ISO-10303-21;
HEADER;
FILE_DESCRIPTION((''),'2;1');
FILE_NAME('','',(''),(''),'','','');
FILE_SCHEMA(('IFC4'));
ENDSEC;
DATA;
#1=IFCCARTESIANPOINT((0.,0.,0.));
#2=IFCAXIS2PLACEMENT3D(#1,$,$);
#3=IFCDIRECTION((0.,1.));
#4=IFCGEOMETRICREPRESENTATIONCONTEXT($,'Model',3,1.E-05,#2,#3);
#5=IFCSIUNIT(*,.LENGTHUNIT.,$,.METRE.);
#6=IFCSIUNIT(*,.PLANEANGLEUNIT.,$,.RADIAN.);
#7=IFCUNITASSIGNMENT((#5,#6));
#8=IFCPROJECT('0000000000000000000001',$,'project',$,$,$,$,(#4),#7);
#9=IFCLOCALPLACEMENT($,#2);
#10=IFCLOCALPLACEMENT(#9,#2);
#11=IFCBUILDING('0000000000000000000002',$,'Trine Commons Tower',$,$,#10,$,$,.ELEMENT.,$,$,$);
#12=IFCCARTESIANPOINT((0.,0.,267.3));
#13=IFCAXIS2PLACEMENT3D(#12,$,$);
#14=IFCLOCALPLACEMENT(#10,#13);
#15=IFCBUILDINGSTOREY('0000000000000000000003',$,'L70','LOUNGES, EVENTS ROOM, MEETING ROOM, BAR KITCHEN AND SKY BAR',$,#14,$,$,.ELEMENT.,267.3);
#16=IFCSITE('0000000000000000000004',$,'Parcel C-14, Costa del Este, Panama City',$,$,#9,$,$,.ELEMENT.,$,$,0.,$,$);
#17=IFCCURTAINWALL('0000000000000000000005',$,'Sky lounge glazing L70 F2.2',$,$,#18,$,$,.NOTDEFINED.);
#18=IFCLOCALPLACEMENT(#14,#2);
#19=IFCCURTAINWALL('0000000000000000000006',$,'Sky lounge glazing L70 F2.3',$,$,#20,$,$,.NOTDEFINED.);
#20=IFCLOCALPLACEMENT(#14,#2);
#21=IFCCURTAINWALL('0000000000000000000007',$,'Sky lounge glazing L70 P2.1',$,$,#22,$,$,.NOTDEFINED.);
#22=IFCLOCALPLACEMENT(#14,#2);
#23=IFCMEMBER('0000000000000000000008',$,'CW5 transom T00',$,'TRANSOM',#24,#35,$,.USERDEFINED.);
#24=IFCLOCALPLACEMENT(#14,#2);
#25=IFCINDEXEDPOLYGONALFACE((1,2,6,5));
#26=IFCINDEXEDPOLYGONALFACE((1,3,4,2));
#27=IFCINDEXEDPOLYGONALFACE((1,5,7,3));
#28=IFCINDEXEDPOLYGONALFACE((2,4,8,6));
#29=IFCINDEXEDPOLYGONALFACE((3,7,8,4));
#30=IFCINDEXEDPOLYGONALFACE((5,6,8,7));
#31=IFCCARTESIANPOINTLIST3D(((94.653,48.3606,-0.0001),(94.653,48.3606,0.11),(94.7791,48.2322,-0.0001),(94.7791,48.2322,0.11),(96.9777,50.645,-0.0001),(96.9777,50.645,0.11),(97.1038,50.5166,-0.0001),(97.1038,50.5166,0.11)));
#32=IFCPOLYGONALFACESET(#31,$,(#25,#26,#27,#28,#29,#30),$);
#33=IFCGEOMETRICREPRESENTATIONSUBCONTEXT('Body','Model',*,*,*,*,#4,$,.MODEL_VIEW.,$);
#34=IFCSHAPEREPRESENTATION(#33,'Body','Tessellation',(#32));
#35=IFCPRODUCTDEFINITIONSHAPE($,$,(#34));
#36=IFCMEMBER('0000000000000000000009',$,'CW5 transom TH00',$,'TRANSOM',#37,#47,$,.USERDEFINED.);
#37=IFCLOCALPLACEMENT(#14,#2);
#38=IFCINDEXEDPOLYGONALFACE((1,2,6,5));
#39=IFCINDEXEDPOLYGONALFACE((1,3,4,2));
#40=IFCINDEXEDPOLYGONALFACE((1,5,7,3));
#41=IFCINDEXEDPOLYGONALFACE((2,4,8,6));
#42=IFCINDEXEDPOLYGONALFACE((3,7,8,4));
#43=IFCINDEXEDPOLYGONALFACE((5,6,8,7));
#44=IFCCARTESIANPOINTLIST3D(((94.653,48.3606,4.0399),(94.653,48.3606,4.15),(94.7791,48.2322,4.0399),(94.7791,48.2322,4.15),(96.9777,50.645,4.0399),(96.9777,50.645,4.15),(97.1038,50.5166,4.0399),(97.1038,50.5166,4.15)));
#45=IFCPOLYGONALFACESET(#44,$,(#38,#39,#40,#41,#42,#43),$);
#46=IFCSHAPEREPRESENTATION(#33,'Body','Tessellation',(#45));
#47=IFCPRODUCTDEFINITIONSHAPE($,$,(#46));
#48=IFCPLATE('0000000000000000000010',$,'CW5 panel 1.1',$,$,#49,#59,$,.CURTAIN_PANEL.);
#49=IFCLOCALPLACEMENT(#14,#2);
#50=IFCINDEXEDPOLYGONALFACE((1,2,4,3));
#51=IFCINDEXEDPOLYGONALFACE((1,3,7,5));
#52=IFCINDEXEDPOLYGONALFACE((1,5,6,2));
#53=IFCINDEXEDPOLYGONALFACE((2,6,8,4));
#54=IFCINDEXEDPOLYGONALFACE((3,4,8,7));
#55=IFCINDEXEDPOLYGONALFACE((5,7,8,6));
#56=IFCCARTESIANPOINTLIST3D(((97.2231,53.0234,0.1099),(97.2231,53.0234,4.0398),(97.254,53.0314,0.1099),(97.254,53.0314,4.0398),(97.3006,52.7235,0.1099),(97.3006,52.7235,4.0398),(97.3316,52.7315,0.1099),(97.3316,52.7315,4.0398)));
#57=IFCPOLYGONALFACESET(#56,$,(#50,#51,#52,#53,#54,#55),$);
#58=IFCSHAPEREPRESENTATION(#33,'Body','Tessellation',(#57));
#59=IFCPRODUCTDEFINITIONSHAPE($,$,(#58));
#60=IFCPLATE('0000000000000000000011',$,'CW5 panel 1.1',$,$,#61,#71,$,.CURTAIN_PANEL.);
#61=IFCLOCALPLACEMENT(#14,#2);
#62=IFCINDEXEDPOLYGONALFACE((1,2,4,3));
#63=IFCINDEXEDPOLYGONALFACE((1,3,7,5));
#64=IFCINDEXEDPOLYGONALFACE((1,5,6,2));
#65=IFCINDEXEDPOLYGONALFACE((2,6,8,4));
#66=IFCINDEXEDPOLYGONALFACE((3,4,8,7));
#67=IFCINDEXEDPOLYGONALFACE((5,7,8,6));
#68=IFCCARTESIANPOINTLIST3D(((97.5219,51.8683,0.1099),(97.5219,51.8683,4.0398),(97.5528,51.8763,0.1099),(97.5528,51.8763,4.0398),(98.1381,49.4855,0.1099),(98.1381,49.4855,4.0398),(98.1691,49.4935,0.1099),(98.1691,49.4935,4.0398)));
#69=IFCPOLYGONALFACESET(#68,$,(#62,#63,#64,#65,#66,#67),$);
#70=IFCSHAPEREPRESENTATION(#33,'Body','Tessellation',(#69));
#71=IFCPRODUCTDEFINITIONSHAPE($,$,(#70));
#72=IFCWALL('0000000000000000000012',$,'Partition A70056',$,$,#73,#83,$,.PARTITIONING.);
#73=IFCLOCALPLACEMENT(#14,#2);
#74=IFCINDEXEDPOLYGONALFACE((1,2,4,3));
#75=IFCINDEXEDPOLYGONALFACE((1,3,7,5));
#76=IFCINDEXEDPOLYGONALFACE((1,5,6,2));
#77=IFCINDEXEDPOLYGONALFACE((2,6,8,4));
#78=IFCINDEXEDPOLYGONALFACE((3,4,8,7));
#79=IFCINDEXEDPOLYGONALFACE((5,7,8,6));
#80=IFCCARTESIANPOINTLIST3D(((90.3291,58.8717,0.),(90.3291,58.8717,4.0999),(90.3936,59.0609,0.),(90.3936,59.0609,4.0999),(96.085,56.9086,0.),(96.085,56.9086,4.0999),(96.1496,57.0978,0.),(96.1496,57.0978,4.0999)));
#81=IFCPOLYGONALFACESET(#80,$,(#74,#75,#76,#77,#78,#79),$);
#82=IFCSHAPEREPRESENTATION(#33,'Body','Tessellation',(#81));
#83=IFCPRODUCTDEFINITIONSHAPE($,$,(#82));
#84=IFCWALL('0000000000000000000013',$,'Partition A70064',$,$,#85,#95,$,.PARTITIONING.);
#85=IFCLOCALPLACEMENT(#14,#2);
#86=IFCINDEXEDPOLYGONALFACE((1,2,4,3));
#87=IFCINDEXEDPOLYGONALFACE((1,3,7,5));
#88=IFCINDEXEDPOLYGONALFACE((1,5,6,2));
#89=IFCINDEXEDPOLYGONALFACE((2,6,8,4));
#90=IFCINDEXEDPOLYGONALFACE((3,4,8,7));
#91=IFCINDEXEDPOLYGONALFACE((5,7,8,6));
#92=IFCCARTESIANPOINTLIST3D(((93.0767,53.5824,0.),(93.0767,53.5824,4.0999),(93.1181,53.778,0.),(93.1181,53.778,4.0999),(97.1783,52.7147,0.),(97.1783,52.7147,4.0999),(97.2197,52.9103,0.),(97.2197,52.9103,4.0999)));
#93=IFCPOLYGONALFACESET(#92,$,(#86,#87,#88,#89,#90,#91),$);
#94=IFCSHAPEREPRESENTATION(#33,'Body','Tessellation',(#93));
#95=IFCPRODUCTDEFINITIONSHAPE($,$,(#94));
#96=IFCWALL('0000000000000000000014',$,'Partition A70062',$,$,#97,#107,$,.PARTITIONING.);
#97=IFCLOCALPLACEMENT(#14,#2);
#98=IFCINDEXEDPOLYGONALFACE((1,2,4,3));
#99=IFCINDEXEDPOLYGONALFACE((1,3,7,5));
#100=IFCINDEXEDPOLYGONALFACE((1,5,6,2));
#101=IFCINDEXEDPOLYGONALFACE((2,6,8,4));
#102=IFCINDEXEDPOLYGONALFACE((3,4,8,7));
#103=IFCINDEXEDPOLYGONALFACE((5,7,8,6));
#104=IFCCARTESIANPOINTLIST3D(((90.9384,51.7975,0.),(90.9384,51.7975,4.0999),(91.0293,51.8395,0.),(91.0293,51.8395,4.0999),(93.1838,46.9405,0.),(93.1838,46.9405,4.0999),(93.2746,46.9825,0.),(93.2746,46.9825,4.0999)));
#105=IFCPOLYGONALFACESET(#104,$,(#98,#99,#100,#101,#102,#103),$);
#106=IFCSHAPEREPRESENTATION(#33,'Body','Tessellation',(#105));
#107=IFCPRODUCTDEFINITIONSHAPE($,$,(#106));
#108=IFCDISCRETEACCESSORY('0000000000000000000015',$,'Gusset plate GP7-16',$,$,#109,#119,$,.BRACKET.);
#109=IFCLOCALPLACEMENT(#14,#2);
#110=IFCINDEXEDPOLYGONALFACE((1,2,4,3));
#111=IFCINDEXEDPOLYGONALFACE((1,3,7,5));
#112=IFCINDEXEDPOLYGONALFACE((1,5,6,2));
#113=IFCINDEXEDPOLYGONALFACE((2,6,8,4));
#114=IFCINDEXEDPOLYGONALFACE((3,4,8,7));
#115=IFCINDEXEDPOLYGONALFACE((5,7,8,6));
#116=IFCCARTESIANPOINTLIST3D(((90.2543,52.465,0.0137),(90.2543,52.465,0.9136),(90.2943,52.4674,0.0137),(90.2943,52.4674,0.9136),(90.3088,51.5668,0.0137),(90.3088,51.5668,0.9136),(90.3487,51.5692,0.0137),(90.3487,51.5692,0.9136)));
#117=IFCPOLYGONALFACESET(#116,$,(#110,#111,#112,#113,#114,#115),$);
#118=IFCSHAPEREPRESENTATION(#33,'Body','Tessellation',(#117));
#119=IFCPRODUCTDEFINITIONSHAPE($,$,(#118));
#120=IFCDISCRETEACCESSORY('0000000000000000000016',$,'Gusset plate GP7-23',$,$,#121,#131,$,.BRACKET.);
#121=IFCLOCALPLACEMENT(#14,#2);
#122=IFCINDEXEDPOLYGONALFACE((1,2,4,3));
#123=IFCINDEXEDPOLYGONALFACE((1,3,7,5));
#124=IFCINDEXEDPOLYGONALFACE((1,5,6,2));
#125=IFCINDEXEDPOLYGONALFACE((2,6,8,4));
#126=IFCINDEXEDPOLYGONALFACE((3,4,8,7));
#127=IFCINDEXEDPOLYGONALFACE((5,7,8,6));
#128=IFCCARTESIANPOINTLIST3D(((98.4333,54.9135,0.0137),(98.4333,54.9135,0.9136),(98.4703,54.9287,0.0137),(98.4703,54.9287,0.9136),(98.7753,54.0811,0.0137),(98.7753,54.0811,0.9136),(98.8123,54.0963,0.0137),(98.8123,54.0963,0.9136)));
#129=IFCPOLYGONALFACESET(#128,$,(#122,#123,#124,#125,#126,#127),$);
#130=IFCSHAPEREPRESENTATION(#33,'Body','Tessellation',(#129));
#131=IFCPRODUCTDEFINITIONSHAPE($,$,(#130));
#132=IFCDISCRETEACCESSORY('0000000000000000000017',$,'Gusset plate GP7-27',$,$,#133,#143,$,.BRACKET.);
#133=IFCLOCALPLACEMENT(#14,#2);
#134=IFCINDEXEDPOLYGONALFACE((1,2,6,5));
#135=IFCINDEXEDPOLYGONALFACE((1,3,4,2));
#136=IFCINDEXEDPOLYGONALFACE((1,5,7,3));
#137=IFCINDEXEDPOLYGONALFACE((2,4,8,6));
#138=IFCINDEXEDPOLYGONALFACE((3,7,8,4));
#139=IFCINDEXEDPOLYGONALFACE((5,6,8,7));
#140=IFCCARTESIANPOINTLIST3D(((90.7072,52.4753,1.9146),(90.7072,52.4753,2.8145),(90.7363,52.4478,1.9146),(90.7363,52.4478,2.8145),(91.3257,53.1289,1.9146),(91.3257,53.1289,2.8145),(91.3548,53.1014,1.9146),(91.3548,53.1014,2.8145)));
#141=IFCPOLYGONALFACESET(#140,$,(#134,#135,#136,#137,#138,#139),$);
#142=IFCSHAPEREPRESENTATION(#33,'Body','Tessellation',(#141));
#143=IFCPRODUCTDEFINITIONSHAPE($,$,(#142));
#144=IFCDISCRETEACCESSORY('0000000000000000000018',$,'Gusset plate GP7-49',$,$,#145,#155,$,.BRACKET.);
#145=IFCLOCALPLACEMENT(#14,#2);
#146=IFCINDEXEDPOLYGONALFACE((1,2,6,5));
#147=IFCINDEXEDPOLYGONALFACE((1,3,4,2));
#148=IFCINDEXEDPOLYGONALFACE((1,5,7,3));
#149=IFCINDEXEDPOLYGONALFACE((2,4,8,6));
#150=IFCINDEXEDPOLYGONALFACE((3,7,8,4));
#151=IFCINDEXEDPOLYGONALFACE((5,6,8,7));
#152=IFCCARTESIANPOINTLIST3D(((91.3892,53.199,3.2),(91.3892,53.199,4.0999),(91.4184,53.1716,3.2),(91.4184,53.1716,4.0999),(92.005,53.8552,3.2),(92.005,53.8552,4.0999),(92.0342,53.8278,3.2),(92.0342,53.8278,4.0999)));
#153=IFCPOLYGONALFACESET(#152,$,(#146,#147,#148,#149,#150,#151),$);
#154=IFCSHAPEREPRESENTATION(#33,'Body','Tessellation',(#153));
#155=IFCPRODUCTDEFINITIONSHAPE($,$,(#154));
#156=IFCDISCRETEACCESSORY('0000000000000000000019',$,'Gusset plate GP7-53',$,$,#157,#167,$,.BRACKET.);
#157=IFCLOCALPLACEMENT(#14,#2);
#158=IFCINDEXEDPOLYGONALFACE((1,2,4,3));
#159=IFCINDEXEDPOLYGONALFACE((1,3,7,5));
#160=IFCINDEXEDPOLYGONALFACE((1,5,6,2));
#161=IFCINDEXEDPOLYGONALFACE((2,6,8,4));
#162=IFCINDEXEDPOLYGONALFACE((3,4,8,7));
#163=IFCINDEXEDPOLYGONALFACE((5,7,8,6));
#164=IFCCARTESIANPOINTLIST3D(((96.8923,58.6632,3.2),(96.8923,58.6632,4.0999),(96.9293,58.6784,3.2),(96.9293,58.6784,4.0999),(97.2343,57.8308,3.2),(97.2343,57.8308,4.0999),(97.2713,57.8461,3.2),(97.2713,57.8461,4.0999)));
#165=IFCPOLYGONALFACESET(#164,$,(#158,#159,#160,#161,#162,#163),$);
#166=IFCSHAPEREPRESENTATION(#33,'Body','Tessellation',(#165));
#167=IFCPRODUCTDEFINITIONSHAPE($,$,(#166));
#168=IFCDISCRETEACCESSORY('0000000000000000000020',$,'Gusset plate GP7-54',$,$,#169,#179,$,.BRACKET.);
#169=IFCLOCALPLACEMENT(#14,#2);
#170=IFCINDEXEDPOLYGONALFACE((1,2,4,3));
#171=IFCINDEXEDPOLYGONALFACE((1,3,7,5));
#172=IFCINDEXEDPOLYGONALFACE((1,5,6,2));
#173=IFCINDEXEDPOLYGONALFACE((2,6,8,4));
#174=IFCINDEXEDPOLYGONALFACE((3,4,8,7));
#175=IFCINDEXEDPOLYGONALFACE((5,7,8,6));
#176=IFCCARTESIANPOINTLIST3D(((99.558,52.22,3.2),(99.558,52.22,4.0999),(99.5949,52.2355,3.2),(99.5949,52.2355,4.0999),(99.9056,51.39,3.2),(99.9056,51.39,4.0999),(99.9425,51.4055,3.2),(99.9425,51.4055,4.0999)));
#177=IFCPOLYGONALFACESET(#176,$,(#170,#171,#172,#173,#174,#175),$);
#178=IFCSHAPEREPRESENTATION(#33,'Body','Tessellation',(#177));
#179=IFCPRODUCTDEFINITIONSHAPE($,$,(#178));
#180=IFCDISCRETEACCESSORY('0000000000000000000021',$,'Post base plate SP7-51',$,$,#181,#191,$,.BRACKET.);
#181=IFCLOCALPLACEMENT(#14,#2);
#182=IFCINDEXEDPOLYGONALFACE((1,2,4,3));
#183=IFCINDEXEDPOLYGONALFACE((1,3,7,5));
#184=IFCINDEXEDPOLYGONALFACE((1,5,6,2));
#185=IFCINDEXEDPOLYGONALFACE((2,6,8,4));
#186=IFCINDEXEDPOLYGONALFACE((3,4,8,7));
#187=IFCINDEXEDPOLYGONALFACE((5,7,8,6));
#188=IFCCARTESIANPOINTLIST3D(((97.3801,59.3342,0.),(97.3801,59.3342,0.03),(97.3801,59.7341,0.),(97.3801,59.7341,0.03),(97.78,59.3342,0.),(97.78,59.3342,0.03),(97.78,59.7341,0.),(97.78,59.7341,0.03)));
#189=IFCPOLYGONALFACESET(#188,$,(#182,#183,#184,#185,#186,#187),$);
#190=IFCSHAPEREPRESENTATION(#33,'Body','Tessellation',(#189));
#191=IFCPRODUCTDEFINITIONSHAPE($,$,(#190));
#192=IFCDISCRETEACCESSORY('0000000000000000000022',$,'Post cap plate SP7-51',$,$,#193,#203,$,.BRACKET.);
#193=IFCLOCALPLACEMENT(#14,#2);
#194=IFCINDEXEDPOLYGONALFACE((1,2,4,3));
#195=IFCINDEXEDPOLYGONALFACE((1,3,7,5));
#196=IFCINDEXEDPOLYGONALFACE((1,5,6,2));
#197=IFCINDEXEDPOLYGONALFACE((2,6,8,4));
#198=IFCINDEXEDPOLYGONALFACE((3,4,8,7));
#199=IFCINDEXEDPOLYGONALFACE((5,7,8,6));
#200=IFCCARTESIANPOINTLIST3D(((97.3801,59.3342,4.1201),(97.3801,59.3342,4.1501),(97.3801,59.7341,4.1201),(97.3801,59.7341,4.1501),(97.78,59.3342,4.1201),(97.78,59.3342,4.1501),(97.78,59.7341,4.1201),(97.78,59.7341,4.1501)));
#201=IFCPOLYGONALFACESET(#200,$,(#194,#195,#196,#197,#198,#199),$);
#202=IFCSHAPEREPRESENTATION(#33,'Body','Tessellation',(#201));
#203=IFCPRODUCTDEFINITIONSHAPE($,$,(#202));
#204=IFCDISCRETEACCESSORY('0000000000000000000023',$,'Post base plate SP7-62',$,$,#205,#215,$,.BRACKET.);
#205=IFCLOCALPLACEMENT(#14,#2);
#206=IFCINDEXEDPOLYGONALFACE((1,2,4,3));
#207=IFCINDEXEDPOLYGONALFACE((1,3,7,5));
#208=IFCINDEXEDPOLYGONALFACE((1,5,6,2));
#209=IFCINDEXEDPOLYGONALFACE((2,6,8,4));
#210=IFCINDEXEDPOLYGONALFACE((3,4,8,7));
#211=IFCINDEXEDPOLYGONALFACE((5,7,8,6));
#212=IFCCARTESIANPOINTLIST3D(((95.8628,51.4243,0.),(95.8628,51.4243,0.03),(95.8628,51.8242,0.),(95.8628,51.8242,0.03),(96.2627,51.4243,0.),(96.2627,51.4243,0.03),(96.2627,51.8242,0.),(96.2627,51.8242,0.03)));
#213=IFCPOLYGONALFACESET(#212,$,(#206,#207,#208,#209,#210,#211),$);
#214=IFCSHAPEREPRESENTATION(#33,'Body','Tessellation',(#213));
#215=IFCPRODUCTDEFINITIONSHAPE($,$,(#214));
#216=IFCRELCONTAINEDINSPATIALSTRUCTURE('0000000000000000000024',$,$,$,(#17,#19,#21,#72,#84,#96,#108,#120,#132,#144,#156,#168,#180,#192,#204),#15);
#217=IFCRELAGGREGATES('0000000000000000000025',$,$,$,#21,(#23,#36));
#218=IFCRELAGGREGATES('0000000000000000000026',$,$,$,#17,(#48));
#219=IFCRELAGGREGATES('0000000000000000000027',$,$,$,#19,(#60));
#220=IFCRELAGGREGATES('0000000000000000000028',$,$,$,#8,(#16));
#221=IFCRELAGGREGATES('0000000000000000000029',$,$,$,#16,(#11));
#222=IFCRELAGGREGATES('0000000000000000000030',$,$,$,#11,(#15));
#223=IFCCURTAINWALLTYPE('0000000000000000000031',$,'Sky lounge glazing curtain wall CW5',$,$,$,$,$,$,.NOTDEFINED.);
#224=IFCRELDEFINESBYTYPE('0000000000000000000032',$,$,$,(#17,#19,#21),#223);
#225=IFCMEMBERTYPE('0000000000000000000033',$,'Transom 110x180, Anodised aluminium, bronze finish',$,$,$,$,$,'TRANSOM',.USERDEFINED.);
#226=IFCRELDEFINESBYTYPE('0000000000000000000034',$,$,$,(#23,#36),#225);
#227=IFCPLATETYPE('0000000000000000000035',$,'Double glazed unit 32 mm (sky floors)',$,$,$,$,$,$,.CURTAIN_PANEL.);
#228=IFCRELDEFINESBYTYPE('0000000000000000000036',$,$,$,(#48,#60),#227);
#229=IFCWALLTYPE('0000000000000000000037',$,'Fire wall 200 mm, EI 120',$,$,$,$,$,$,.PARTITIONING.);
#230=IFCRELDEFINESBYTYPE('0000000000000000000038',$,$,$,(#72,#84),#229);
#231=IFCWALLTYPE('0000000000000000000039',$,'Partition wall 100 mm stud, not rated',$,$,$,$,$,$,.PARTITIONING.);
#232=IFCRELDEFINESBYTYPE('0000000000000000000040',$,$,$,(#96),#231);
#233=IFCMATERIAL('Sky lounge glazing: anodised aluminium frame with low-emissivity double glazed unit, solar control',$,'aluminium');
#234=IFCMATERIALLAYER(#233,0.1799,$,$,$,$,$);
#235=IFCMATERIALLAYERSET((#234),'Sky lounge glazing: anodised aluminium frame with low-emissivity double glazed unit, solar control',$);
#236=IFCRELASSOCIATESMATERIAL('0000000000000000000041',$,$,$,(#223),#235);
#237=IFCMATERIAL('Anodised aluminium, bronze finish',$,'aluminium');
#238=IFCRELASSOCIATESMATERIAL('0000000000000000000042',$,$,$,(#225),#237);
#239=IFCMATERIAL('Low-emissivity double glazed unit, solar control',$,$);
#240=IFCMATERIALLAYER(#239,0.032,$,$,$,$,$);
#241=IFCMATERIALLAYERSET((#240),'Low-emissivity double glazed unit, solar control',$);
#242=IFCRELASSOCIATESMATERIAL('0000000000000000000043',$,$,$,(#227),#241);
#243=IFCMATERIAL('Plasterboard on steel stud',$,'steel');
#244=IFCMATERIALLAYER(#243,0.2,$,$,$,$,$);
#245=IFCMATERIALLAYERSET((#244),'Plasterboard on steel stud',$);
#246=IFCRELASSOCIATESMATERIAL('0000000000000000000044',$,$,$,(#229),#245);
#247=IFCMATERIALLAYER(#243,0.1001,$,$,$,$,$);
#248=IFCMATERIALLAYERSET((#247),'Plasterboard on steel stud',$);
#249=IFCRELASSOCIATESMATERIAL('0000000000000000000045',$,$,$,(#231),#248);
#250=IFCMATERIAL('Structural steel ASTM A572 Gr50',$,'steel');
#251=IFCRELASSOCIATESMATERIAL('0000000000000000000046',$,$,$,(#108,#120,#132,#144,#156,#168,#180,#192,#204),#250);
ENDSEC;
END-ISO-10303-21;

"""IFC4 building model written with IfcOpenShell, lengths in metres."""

from ifc_helpers import new_model, si_unit, direction, frame, frame_2d, origin, origin_2d, place, context, subcontext, project, spatial, rectangle, extrude, material, layer, layer_set, material_profile, profile_set, type_object, element, aggregate, save


model = new_model("IFC4")

# Units and contexts
model_context = context("Model", 3, precision=1e-05, world=origin(), true_north=direction((0.0, 1.0)))
body_context = subcontext(model_context, "Body", "Model", "MODEL_VIEW")
ifc_project = project(units=[si_unit("LENGTHUNIT", "METRE"), si_unit("PLANEANGLEUNIT", "RADIAN")], contexts=[model_context])

# Site, building, storey
site_placement = place(None, origin())
site = spatial("IfcSite", under=ifc_project, at=site_placement, Name="Parcel C-14, Costa del Este, Panama City", CompositionType="ELEMENT", RefElevation=0.0)
building_placement = place(site_placement, origin())
building = spatial("IfcBuilding", under=site, at=building_placement, Name="Trine Commons Tower", CompositionType="ELEMENT")
storey_placement = place(building_placement, frame((0.0, 0.0, 267.3)))
storey = spatial("IfcBuildingStorey", under=building, at=storey_placement, Name="L70", Description="LOUNGES, EVENTS ROOM, MEETING ROOM, BAR KITCHEN AND SKY BAR", CompositionType="ELEMENT", Elevation=267.3)

# Curtain wall
ifc_material_1 = material(Name="Sky lounge glazing: anodised aluminium frame with low-emissivity double glazed unit, solar control", Category="aluminium")
ifc_layer_1 = layer(ifc_material_1, 0.1799)
ifc_layer_set_1 = layer_set([ifc_layer_1], Name="Sky lounge glazing: anodised aluminium frame with low-emissivity double glazed unit, solar control")
curtain_wall_type = type_object("IfcCurtainWallType", Name="Sky lounge glazing curtain wall CW5", PredefinedType="NOTDEFINED", material=ifc_layer_set_1)
curtain_wall_1_placement = place(storey_placement, origin())
curtain_wall_1 = element("IfcCurtainWall", 1, at=curtain_wall_1_placement, inside=storey, type_object=curtain_wall_type, Name="Sky lounge glazing L70 F2.2", PredefinedType="NOTDEFINED")
ifc_material_2 = material(Name="Anodised aluminium, bronze finish", Category="aluminium")

# Curtain walls
curtain_wall_2_placement = place(storey_placement, origin())
curtain_wall_2 = element("IfcCurtainWall", 2, at=curtain_wall_2_placement, inside=storey, type_object=curtain_wall_type, Name="Sky lounge glazing L70 F2.3", PredefinedType="NOTDEFINED")
curtain_wall_3_placement = place(storey_placement, origin())
curtain_wall_3 = element("IfcCurtainWall", 3, at=curtain_wall_3_placement, inside=storey, type_object=curtain_wall_type, Name="Sky lounge glazing L70 P2.1", PredefinedType="NOTDEFINED")

# Members
ifc_material_profile_1 = material_profile(ifc_material_2, rectangle(XDim=0.1799, YDim=0.1101, at=origin_2d()), Name="Transom 110x180")
ifc_profile_set_1 = profile_set([ifc_material_profile_1], Name="Anodised aluminium, bronze finish")
member_type_1 = type_object("IfcMemberType", Name="Transom 110x180, Anodised aluminium, bronze finish", ElementType="TRANSOM", PredefinedType="USERDEFINED", material=ifc_profile_set_1)
member_1_placement = place(storey_placement, frame((97.0408, 50.5808, 0.0549), z_axis=(-0.71326, -0.7009, 0.0), x_axis=(0.7009, -0.71326, 0.0)))
member_1 = element("IfcMember", 4, at=member_1_placement, type_object=member_type_1, Name="CW5 transom T00", ObjectType="TRANSOM", PredefinedType="USERDEFINED", context=body_context, shape_type="SweptSolid", body=[
    extrude(rectangle(XDim=0.1799, YDim=0.1101, at=origin_2d()), origin(), (0.0, 0.0, 1.0), 3.2593),
])
member_2_placement = place(storey_placement, frame((97.0408, 50.5808, 4.095), z_axis=(-0.71326, -0.7009, 0.0), x_axis=(0.7009, -0.71326, 0.0)))
member_2 = element("IfcMember", 5, at=member_2_placement, type_object=member_type_1, Name="CW5 transom TH00", ObjectType="TRANSOM", PredefinedType="USERDEFINED", context=body_context, shape_type="SweptSolid", body=[
    extrude(rectangle(XDim=0.1799, YDim=0.1101, at=origin_2d()), origin(), (0.0, 0.0, 1.0), 3.2593),
])
aggregate(curtain_wall_3, [member_1, member_2])

# Plates
ifc_material_3 = material(Name="Low-emissivity double glazed unit, solar control")
ifc_layer_2 = layer(ifc_material_3, 0.032)
ifc_layer_set_2 = layer_set([ifc_layer_2], Name="Low-emissivity double glazed unit, solar control")
plate_type = type_object("IfcPlateType", Name="Double glazed unit 32 mm (sky floors)", PredefinedType="CURTAIN_PANEL", material=ifc_layer_set_2)
plate_1_placement = place(storey_placement, frame((97.2773, 52.8774, 0.1099), z_axis=(0.0, 0.0, 1.0), x_axis=(0.25038, -0.968148, 0.0)))
plate_1 = element("IfcPlate", 6, at=plate_1_placement, type_object=plate_type, Name="CW5 panel 1.1", PredefinedType="CURTAIN_PANEL", context=body_context, shape_type="SweptSolid", body=[
    extrude(rectangle(XDim=0.3098, YDim=0.032, at=origin_2d()), origin(), (0.0, 0.0, 1.0), 3.9299),
])
aggregate(curtain_wall_1, [plate_1])
plate_2_placement = place(storey_placement, frame((97.8455, 50.6809, 0.1099), z_axis=(0.0, 0.0, 1.0), x_axis=(0.25038, -0.968148, 0.0)))
plate_2 = element("IfcPlate", 7, at=plate_2_placement, type_object=plate_type, Name="CW5 panel 1.1", PredefinedType="CURTAIN_PANEL", context=body_context, shape_type="SweptSolid", body=[
    extrude(rectangle(XDim=2.4612, YDim=0.032, at=origin_2d()), origin(), (0.0, 0.0, 1.0), 3.9299),
])
aggregate(curtain_wall_2, [plate_2])

# Walls
ifc_material_4 = material(Name="Plasterboard on steel stud", Category="steel")
ifc_layer_3 = layer(ifc_material_4, 0.2)
ifc_layer_set_3 = layer_set([ifc_layer_3], Name="Plasterboard on steel stud")
wall_type_1 = type_object("IfcWallType", Name="Fire wall 200 mm, EI 120", PredefinedType="PARTITIONING", material=ifc_layer_set_3)
wall_1_placement = place(storey_placement, frame((90.3613, 58.9663, 0.0), z_axis=(0.0, 0.0, 1.0), x_axis=(0.946469, -0.322796, 0.0)))
element("IfcWall", 8, at=wall_1_placement, inside=storey, type_object=wall_type_1, Name="Partition A70056", PredefinedType="PARTITIONING", context=body_context, shape_type="SweptSolid", body=[
    extrude(rectangle(XDim=6.0815, YDim=0.2, at=frame_2d((3.0408, 0.0))), origin(), (0.0, 0.0, 1.0), 4.0999),
])
wall_2_placement = place(storey_placement, frame((93.0974, 53.6802, 0.0), z_axis=(0.0, 0.0, 1.0), x_axis=(0.978348, -0.206967, 0.0)))
element("IfcWall", 9, at=wall_2_placement, inside=storey, type_object=wall_type_1, Name="Partition A70064", PredefinedType="PARTITIONING", context=body_context, shape_type="SweptSolid", body=[
    extrude(rectangle(XDim=4.1924, YDim=0.2, at=frame_2d((2.0962, 0.0))), origin(), (0.0, 0.0, 1.0), 4.0999),
])
ifc_layer_4 = layer(ifc_material_4, 0.1001)
ifc_layer_set_4 = layer_set([ifc_layer_4], Name="Plasterboard on steel stud")
wall_type_2 = type_object("IfcWallType", Name="Partition wall 100 mm stud, not rated", PredefinedType="PARTITIONING", material=ifc_layer_set_4)
wall_3_placement = place(storey_placement, frame((90.9839, 51.8184, 0.0), z_axis=(0.0, 0.0, 1.0), x_axis=(0.419628, -0.907696, 0.0)))
element("IfcWall", 10, at=wall_3_placement, inside=storey, type_object=wall_type_2, Name="Partition A70062", PredefinedType="PARTITIONING", context=body_context, shape_type="SweptSolid", body=[
    extrude(rectangle(XDim=5.3508, YDim=0.1001, at=frame_2d((2.6753, 0.0))), origin(), (0.0, 0.0, 1.0), 4.0999),
])

# Discrete accessories
ifc_material_5 = material(Name="Structural steel ASTM A572 Gr50", Category="steel")
for number, where, z_axis, x_axis, name in (
    (11, (90.3015, 52.0171, 0.0137), (0.0, 0.0, 1.0), (-0.060543, 0.998166, 0.0), "Gusset plate GP7-16"),
    (12, (98.6228, 54.5049, 0.0137), (0.0, 0.0, 1.0), (-0.38007, 0.924958, 0.0), "Gusset plate GP7-23"),
    (13, (91.031, 52.7883, 1.9146), (0.0, 0.0, 1.0), (0.687341, 0.726335, 0.0), "Gusset plate GP7-27"),
    (14, (91.7117, 53.5134, 3.2), (0.0, 0.0, 1.0), (0.684331, 0.729172, 0.0), "Gusset plate GP7-49"),
    (15, (97.0818, 58.2546, 3.2), (0.0, 0.0, 1.0), (-0.38007, 0.924958, 0.0), "Gusset plate GP7-53"),
    (16, (99.7502, 51.8127, 3.2), (0.0, 0.0, 1.0), (0.386325, -0.922363, 0.0), "Gusset plate GP7-54"),
):
    element("IfcDiscreteAccessory", number, at=place(storey_placement, frame(where, z_axis=z_axis, x_axis=x_axis)), inside=storey, material=ifc_material_5, Name=name, PredefinedType="BRACKET", context=body_context, shape_type="SweptSolid", body=[
        extrude(rectangle(XDim=0.8999, YDim=0.04, at=origin_2d()), origin(), (0.0, 0.0, 1.0), 0.8999),
    ])
for number, where, z_axis, x_axis, name in (
    (17, (97.5801, 59.5342, 0.0), (0.0, 0.0, 1.0), (1.0, 0.0, 0.0), "Post base plate SP7-51"),
    (18, (97.5801, 59.5342, 4.1201), (0.0, 0.0, 1.0), (1.0, 0.0, 0.0), "Post cap plate SP7-51"),
    (19, (96.0627, 51.6243, 0.0), (0.0, 0.0, 1.0), (1.0, 0.0, 0.0), "Post base plate SP7-62"),
):
    element("IfcDiscreteAccessory", number, at=place(storey_placement, frame(where, z_axis=z_axis, x_axis=x_axis)), inside=storey, material=ifc_material_5, Name=name, PredefinedType="BRACKET", context=body_context, shape_type="SweptSolid", body=[
        extrude(rectangle(XDim=0.3999, YDim=0.3999, at=origin_2d()), origin(), (0.0, 0.0, 1.0), 0.03),
    ])

save(model, "model.ifc")
